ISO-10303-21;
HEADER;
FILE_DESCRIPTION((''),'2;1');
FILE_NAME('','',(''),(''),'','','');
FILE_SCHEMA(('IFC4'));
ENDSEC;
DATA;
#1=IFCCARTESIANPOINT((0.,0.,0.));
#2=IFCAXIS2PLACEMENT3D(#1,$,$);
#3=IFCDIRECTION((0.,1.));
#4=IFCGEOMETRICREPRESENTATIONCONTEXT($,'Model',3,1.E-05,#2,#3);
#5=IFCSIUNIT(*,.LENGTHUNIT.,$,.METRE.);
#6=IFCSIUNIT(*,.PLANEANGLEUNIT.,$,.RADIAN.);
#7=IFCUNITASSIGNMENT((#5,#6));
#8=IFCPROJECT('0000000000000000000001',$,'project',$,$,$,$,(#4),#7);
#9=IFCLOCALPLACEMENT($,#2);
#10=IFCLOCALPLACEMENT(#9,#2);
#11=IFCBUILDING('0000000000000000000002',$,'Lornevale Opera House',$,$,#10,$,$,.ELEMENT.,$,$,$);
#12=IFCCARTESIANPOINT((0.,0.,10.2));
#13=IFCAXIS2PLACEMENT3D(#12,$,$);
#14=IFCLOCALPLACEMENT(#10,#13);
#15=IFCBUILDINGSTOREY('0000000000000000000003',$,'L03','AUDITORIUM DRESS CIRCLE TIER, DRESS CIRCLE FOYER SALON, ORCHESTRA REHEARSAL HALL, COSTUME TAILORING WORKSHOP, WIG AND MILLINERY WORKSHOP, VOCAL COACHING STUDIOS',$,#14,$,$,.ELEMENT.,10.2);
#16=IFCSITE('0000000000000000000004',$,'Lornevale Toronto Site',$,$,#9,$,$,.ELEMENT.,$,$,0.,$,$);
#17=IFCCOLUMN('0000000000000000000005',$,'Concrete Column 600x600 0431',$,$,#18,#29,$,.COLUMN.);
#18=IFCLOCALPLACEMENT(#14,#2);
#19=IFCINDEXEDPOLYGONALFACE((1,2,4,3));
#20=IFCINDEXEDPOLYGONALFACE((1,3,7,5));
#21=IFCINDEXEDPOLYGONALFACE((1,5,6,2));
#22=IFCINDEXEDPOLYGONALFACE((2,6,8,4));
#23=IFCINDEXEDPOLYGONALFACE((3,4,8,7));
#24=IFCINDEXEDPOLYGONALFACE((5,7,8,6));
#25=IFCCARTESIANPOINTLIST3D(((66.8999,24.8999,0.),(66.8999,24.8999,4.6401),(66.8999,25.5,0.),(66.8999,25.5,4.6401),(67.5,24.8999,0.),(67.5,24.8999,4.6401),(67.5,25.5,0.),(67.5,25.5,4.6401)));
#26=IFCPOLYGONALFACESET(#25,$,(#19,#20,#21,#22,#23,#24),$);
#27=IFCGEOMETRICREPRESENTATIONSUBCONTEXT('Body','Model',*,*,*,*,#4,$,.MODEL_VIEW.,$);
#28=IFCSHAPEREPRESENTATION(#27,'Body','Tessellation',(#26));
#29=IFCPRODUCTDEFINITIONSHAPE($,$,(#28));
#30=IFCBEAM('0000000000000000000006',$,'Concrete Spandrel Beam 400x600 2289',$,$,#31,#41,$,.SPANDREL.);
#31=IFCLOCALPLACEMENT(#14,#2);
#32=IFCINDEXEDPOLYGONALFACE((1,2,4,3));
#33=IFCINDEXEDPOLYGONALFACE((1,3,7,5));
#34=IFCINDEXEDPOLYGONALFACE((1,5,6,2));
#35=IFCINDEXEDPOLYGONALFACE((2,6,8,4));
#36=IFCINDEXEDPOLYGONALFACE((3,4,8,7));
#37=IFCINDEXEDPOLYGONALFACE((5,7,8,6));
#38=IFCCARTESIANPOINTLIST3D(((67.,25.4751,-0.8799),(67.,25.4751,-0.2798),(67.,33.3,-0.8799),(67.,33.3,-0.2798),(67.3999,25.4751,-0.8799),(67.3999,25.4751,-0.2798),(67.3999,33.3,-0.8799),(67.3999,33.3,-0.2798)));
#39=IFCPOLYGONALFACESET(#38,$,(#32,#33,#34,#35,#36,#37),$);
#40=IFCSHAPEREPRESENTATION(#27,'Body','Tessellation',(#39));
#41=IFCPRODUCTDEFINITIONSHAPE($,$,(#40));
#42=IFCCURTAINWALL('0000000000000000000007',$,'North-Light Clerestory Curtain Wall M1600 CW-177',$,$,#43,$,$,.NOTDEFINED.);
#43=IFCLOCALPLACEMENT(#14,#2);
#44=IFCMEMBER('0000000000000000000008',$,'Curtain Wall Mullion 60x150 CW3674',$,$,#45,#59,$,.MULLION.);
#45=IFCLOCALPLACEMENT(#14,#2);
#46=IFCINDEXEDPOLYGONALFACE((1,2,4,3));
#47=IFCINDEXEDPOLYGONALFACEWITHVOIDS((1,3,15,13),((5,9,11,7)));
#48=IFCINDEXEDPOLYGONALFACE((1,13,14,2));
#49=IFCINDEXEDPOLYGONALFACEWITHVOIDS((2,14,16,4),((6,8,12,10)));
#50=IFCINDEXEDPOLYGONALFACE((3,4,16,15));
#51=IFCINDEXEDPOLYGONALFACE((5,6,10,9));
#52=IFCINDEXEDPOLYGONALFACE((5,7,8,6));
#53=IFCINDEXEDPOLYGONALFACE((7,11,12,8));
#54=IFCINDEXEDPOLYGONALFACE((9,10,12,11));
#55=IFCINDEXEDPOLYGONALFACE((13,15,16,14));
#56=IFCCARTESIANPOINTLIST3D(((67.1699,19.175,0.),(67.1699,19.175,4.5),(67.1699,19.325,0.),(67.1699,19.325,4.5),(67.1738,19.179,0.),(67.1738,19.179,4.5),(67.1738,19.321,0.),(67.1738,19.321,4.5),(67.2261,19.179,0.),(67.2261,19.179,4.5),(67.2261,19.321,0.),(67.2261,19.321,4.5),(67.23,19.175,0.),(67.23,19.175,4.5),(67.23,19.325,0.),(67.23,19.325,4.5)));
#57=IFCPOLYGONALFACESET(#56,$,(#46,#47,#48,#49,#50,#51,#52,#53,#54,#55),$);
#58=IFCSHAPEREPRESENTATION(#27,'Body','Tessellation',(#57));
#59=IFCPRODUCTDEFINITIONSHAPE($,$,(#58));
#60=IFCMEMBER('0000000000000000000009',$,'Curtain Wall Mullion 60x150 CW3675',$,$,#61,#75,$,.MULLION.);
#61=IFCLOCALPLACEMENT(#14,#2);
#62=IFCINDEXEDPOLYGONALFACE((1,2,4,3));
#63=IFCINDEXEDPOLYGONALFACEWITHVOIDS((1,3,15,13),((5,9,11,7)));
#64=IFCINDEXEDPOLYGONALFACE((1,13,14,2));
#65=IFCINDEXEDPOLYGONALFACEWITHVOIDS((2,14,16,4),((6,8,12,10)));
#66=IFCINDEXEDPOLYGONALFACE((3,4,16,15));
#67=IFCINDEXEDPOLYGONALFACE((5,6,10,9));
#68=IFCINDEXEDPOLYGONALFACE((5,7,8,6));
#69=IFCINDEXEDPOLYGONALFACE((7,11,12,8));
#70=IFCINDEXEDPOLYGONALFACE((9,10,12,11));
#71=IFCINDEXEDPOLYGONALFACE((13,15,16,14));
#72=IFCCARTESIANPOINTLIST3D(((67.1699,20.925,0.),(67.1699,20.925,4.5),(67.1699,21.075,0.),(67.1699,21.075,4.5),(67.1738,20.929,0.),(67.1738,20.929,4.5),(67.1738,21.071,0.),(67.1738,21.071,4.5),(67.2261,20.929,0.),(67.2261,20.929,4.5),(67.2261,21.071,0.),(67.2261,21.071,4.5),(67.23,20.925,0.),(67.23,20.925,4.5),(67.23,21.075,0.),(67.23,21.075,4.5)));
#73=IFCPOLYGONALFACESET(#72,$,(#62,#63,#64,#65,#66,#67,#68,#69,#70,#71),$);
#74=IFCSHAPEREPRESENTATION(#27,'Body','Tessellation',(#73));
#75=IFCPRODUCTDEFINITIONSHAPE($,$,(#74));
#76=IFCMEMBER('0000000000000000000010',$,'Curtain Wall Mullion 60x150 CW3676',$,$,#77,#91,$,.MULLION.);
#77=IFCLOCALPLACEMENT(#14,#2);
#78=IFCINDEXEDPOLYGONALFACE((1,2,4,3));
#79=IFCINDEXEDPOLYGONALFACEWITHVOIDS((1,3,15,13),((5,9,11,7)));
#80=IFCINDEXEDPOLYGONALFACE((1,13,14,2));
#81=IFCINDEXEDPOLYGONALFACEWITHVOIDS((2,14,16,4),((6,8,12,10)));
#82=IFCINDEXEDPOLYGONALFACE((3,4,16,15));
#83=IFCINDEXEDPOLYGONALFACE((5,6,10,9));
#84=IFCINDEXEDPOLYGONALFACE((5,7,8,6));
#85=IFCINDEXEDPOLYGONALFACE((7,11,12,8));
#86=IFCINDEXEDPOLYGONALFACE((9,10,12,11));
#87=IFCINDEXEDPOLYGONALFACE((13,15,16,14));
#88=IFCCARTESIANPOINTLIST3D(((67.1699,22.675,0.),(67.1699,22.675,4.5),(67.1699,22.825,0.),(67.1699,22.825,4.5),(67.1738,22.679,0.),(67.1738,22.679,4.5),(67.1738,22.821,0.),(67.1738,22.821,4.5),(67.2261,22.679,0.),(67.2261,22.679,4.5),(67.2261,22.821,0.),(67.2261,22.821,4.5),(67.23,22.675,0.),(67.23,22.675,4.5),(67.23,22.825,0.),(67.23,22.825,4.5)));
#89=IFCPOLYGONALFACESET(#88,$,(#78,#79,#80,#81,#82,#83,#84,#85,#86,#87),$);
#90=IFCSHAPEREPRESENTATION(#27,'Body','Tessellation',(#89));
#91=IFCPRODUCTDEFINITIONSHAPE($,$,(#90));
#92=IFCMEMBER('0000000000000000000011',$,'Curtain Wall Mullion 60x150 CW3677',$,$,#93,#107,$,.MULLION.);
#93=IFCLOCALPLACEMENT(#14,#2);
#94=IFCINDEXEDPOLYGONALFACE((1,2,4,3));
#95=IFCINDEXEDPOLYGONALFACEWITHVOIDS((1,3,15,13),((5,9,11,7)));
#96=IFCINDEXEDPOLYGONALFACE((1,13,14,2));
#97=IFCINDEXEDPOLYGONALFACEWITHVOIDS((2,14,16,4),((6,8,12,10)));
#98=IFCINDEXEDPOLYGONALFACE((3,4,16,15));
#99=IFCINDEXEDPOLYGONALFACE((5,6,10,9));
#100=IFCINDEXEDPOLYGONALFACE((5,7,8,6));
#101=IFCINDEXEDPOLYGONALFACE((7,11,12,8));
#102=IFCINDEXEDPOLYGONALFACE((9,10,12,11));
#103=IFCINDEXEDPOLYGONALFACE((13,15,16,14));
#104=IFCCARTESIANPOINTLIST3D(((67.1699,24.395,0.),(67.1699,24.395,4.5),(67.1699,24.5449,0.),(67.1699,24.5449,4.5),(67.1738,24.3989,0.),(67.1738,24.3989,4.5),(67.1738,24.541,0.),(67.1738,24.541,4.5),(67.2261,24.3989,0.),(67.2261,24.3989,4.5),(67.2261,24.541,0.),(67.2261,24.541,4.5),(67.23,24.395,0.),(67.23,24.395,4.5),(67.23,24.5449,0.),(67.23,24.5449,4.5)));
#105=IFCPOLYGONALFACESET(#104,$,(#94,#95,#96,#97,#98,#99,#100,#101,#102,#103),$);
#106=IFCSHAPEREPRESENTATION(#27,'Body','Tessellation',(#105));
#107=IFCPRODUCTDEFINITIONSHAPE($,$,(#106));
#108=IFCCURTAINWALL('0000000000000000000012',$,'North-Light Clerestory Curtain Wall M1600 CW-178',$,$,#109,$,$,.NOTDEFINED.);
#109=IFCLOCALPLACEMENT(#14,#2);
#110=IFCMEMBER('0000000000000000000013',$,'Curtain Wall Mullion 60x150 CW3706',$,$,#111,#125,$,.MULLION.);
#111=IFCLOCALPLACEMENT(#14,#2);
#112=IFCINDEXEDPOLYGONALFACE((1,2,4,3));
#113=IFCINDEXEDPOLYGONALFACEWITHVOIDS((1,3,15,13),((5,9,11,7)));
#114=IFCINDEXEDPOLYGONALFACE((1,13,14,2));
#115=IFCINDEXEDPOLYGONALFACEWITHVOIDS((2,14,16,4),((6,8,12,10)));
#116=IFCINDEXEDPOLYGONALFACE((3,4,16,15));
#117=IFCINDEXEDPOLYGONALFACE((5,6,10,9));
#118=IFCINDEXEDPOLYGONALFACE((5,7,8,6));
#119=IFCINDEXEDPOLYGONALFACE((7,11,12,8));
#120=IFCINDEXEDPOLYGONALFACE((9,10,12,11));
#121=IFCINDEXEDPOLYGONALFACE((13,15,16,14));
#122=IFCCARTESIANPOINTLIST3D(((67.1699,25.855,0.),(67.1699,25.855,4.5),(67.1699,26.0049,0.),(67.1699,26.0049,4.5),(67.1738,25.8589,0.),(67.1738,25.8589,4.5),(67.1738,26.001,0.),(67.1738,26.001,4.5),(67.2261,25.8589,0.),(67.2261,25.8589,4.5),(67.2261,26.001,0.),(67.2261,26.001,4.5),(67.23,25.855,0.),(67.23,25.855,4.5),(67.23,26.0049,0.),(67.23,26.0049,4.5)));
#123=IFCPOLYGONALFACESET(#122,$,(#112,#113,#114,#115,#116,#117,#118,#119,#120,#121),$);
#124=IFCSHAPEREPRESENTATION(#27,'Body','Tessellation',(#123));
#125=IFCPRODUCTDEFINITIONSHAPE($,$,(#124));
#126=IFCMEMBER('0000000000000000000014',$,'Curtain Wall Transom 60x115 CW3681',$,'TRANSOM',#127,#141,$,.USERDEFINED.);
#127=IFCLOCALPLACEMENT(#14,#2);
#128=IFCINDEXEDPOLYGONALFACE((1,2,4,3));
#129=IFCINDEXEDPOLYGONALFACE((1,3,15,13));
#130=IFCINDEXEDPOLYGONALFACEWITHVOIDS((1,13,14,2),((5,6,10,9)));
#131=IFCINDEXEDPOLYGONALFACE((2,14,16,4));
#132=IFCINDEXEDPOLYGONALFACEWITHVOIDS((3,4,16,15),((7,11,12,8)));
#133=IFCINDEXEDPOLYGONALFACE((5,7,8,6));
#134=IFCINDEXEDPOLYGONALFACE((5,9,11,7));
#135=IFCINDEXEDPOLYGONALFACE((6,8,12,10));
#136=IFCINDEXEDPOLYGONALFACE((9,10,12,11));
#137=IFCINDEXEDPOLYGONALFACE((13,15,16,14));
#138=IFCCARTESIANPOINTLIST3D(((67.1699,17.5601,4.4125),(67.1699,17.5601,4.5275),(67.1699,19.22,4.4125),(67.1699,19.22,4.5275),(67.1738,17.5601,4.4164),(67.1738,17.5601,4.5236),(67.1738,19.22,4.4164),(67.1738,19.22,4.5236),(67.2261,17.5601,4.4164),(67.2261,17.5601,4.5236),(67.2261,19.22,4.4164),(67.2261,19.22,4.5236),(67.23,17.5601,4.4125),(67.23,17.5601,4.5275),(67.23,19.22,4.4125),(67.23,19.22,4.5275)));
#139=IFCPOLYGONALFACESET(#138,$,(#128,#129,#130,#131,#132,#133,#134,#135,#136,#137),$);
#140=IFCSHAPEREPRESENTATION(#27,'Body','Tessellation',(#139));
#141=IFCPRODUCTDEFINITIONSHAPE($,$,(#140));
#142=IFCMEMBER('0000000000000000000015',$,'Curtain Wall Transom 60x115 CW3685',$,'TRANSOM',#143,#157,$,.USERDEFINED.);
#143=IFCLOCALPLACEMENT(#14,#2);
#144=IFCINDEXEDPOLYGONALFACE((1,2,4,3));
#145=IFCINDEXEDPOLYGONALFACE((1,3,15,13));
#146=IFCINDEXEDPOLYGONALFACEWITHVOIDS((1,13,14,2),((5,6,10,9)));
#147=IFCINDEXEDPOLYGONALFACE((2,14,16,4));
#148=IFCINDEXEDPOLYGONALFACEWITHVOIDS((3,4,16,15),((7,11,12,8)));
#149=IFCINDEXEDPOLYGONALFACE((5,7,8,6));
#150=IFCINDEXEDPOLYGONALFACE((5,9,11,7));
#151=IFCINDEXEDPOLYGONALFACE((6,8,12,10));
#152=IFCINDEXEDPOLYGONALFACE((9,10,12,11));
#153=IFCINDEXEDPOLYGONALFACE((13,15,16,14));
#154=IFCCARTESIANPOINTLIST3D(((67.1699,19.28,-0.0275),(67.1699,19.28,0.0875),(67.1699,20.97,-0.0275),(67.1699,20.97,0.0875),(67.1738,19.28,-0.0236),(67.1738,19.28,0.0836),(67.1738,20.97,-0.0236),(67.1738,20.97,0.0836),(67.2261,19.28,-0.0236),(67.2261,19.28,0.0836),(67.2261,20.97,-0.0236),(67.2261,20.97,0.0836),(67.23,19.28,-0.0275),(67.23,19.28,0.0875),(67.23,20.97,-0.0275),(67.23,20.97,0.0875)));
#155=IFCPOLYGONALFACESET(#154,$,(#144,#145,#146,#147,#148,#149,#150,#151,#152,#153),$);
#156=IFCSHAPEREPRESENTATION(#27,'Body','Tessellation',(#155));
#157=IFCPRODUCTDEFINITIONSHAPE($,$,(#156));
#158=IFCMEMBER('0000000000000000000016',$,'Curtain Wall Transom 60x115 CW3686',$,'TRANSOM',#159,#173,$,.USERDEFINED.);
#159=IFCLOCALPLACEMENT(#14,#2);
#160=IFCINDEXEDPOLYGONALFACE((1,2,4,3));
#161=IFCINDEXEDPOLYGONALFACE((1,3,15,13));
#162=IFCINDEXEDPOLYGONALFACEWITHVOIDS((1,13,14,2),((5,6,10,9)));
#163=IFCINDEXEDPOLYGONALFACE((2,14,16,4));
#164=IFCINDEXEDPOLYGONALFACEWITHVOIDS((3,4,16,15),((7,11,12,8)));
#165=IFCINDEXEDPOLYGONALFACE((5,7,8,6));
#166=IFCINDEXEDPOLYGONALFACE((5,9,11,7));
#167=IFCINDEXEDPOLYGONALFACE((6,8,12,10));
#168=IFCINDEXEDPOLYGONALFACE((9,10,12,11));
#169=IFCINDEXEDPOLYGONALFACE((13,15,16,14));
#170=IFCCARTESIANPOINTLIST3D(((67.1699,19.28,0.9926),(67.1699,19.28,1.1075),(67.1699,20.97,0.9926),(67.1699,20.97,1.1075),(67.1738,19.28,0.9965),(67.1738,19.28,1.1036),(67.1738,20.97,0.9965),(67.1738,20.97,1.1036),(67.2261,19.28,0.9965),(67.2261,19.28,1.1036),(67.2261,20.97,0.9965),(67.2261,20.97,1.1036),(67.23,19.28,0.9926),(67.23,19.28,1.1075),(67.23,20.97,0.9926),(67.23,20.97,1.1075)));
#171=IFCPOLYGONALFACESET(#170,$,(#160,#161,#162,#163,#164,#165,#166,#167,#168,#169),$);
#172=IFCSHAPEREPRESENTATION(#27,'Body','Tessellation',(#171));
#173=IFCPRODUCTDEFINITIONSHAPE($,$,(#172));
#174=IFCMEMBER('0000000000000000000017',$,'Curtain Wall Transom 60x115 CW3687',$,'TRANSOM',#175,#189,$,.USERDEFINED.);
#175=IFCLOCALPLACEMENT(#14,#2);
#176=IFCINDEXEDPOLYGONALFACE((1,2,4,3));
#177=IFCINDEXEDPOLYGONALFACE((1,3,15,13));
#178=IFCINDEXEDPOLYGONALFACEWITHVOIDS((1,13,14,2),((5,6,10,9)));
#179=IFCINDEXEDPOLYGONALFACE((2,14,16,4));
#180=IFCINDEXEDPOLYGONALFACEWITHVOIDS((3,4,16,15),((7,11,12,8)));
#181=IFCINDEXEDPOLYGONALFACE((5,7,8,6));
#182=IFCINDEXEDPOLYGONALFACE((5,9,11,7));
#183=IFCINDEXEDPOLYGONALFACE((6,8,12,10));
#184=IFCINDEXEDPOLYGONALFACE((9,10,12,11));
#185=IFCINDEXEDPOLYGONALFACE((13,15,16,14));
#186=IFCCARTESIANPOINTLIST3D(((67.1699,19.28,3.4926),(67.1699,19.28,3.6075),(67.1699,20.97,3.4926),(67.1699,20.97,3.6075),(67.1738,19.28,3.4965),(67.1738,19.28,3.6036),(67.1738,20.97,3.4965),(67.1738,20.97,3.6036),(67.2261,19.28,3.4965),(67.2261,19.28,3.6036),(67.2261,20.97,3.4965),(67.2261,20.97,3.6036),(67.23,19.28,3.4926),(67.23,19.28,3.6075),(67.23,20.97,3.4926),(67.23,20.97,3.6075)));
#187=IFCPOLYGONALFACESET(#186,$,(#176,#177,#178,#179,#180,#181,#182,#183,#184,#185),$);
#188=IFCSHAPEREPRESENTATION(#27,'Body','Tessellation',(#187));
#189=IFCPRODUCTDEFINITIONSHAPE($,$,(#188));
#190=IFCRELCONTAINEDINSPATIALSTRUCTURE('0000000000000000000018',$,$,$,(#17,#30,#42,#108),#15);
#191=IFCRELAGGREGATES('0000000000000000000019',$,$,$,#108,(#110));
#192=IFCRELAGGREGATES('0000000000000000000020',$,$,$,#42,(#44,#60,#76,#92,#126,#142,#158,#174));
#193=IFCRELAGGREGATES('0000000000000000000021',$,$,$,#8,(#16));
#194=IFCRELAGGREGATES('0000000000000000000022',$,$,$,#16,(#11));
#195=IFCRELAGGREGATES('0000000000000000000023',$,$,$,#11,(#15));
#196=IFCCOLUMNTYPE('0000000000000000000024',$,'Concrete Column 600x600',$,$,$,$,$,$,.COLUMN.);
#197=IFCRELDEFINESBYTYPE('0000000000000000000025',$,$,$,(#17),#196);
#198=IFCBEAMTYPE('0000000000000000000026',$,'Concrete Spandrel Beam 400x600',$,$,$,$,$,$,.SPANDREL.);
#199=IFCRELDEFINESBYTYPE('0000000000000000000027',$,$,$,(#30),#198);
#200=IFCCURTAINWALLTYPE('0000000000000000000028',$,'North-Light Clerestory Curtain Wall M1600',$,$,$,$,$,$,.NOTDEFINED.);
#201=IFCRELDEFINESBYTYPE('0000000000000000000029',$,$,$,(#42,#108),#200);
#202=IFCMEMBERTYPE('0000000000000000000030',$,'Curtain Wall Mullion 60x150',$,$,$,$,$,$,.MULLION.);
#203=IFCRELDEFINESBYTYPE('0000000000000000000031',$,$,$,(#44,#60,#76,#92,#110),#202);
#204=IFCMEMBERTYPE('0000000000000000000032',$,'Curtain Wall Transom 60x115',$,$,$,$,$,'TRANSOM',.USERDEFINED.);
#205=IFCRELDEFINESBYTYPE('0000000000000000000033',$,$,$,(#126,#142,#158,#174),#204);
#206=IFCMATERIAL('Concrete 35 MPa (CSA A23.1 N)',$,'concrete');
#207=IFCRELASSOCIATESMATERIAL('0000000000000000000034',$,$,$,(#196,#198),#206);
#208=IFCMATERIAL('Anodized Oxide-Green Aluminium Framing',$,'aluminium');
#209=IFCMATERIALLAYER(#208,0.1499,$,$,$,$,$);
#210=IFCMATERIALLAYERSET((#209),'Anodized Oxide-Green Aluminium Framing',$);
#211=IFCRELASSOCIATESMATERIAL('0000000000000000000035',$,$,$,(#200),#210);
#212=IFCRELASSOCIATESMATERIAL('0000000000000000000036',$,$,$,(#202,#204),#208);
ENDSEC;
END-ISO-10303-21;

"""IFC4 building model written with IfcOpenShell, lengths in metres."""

from ifc_helpers import new_model, si_unit, direction, frame, origin, origin_2d, place, context, subcontext, project, spatial, rectangle, hollow_rectangle, extrude, material, layer, layer_set, material_profile, profile_set, type_object, element, aggregate, save


model = new_model("IFC4")

# Units and contexts
model_context = context("Model", 3, precision=1e-05, world=origin(), true_north=direction((0.0, 1.0)))
body_context = subcontext(model_context, "Body", "Model", "MODEL_VIEW")
ifc_project = project(units=[si_unit("LENGTHUNIT", "METRE"), si_unit("PLANEANGLEUNIT", "RADIAN")], contexts=[model_context])

# Site, building, storey
site_placement = place(None, origin())
site = spatial("IfcSite", under=ifc_project, at=site_placement, Name="Lornevale Toronto Site", CompositionType="ELEMENT", RefElevation=0.0)
building_placement = place(site_placement, origin())
building = spatial("IfcBuilding", under=site, at=building_placement, Name="Lornevale Opera House", CompositionType="ELEMENT")
storey_placement = place(building_placement, frame((0.0, 0.0, 10.2)))
storey = spatial("IfcBuildingStorey", under=building, at=storey_placement, Name="L03", Description="AUDITORIUM DRESS CIRCLE TIER, DRESS CIRCLE FOYER SALON, ORCHESTRA REHEARSAL HALL, COSTUME TAILORING WORKSHOP, WIG AND MILLINERY WORKSHOP, VOCAL COACHING STUDIOS", CompositionType="ELEMENT", Elevation=10.2)

# Column
ifc_material_1 = material(Name="Concrete 35 MPa (CSA A23.1 N)", Category="concrete")
ifc_material_profile_1 = material_profile(ifc_material_1, rectangle(XDim=0.6001, YDim=0.6001, at=origin_2d()), Name="RC600x600")
ifc_profile_set_1 = profile_set([ifc_material_profile_1], Name="Concrete 35 MPa (CSA A23.1 N)")
column_type = type_object("IfcColumnType", Name="Concrete Column 600x600", PredefinedType="COLUMN", material=ifc_profile_set_1)
column_placement = place(storey_placement, frame((67.2, 25.2, 0.0), z_axis=(0.0, 0.0, 1.0), x_axis=(1.0, 0.0, 0.0)))
element("IfcColumn", 1, at=column_placement, inside=storey, type_object=column_type, Name="Concrete Column 600x600 0431", PredefinedType="COLUMN", context=body_context, shape_type="SweptSolid", body=[
    extrude(rectangle(XDim=0.6001, YDim=0.6001, at=origin_2d()), origin(), (0.0, 0.0, 1.0), 4.6401),
])

# Beam
ifc_material_profile_2 = material_profile(ifc_material_1, rectangle(XDim=0.3999, YDim=0.6001, at=origin_2d()), Name="RC400x600")
ifc_profile_set_2 = profile_set([ifc_material_profile_2], Name="Concrete 35 MPa (CSA A23.1 N)")
beam_type = type_object("IfcBeamType", Name="Concrete Spandrel Beam 400x600", PredefinedType="SPANDREL", material=ifc_profile_set_2)
beam_placement = place(storey_placement, frame((67.2, 25.4751, -0.5798), z_axis=(0.0, 1.0, 0.0), x_axis=(-1.0, 0.0, 0.0)))
element("IfcBeam", 2, at=beam_placement, inside=storey, type_object=beam_type, Name="Concrete Spandrel Beam 400x600 2289", PredefinedType="SPANDREL", context=body_context, shape_type="SweptSolid", body=[
    extrude(rectangle(XDim=0.3999, YDim=0.6001, at=origin_2d()), origin(), (0.0, 0.0, 1.0), 7.825),
])

# Curtain wall, members
ifc_material_2 = material(Name="Anodized Oxide-Green Aluminium Framing", Category="aluminium")
ifc_layer_1 = layer(ifc_material_2, 0.1499)
ifc_layer_set_1 = layer_set([ifc_layer_1], Name="Anodized Oxide-Green Aluminium Framing")
curtain_wall_type_1 = type_object("IfcCurtainWallType", Name="North-Light Clerestory Curtain Wall M1600", PredefinedType="NOTDEFINED", material=ifc_layer_set_1)
curtain_wall_1_placement = place(storey_placement, origin())
curtain_wall_1 = element("IfcCurtainWall", 3, at=curtain_wall_1_placement, inside=storey, type_object=curtain_wall_type_1, Name="North-Light Clerestory Curtain Wall M1600 CW-177", PredefinedType="NOTDEFINED")
ifc_material_profile_3 = material_profile(ifc_material_2, hollow_rectangle(XDim=0.0601, YDim=0.1499, WallThickness=0.0039, at=origin_2d()), Name="ALU60x150x4")
ifc_profile_set_3 = profile_set([ifc_material_profile_3], Name="Anodized Oxide-Green Aluminium Framing")
member_type_1 = type_object("IfcMemberType", Name="Curtain Wall Mullion 60x150", PredefinedType="MULLION", material=ifc_profile_set_3)
member_1_placement = place(storey_placement, frame((67.2, 19.25, 0.0), z_axis=(0.0, 0.0, 1.0), x_axis=(-1.0, 0.0, 0.0)))
member_1 = element("IfcMember", 4, at=member_1_placement, type_object=member_type_1, Name="Curtain Wall Mullion 60x150 CW3674", PredefinedType="MULLION", context=body_context, shape_type="SweptSolid", body=[
    extrude(hollow_rectangle(XDim=0.0601, YDim=0.1499, WallThickness=0.0039, at=origin_2d()), origin(), (0.0, 0.0, 1.0), 4.5),
])
member_2_placement = place(storey_placement, frame((67.2, 21.0, 0.0), z_axis=(0.0, 0.0, 1.0), x_axis=(-1.0, 0.0, 0.0)))
member_2 = element("IfcMember", 5, at=member_2_placement, type_object=member_type_1, Name="Curtain Wall Mullion 60x150 CW3675", PredefinedType="MULLION", context=body_context, shape_type="SweptSolid", body=[
    extrude(hollow_rectangle(XDim=0.0601, YDim=0.1499, WallThickness=0.0039, at=origin_2d()), origin(), (0.0, 0.0, 1.0), 4.5),
])
member_3_placement = place(storey_placement, frame((67.2, 22.75, 0.0), z_axis=(0.0, 0.0, 1.0), x_axis=(-1.0, 0.0, 0.0)))
member_3 = element("IfcMember", 6, at=member_3_placement, type_object=member_type_1, Name="Curtain Wall Mullion 60x150 CW3676", PredefinedType="MULLION", context=body_context, shape_type="SweptSolid", body=[
    extrude(hollow_rectangle(XDim=0.0601, YDim=0.1499, WallThickness=0.0039, at=origin_2d()), origin(), (0.0, 0.0, 1.0), 4.5),
])
member_4_placement = place(storey_placement, frame((67.2, 24.47, 0.0), z_axis=(0.0, 0.0, 1.0), x_axis=(-1.0, 0.0, 0.0)))
member_4 = element("IfcMember", 7, at=member_4_placement, type_object=member_type_1, Name="Curtain Wall Mullion 60x150 CW3677", PredefinedType="MULLION", context=body_context, shape_type="SweptSolid", body=[
    extrude(hollow_rectangle(XDim=0.0601, YDim=0.1499, WallThickness=0.0039, at=origin_2d()), origin(), (0.0, 0.0, 1.0), 4.5),
])

# Curtain wall, member
curtain_wall_2_placement = place(storey_placement, origin())
curtain_wall_2 = element("IfcCurtainWall", 8, at=curtain_wall_2_placement, inside=storey, type_object=curtain_wall_type_1, Name="North-Light Clerestory Curtain Wall M1600 CW-178", PredefinedType="NOTDEFINED")
member_5_placement = place(storey_placement, frame((67.2, 25.9299, 0.0), z_axis=(0.0, 0.0, 1.0), x_axis=(-1.0, 0.0, 0.0)))
member_5 = element("IfcMember", 9, at=member_5_placement, type_object=member_type_1, Name="Curtain Wall Mullion 60x150 CW3706", PredefinedType="MULLION", context=body_context, shape_type="SweptSolid", body=[
    extrude(hollow_rectangle(XDim=0.0601, YDim=0.1499, WallThickness=0.0039, at=origin_2d()), origin(), (0.0, 0.0, 1.0), 4.5),
])

# Members
ifc_material_profile_4 = material_profile(ifc_material_2, hollow_rectangle(XDim=0.0601, YDim=0.115, WallThickness=0.0039, at=origin_2d()), Name="ALU60x115x4")
ifc_profile_set_4 = profile_set([ifc_material_profile_4], Name="Anodized Oxide-Green Aluminium Framing")
member_type_2 = type_object("IfcMemberType", Name="Curtain Wall Transom 60x115", ElementType="TRANSOM", PredefinedType="USERDEFINED", material=ifc_profile_set_4)
member_6_placement = place(storey_placement, frame((67.2, 17.5601, 4.47), z_axis=(0.0, 1.0, 0.0), x_axis=(-1.0, 0.0, 0.0)))
member_6 = element("IfcMember", 10, at=member_6_placement, type_object=member_type_2, Name="Curtain Wall Transom 60x115 CW3681", ObjectType="TRANSOM", PredefinedType="USERDEFINED", context=body_context, shape_type="SweptSolid", body=[
    extrude(hollow_rectangle(XDim=0.0601, YDim=0.115, WallThickness=0.0039, at=origin_2d()), origin(), (0.0, 0.0, 1.0), 1.6599),
])
member_7_placement = place(storey_placement, frame((67.2, 19.28, 0.03), z_axis=(0.0, 1.0, 0.0), x_axis=(-1.0, 0.0, 0.0)))
member_7 = element("IfcMember", 11, at=member_7_placement, type_object=member_type_2, Name="Curtain Wall Transom 60x115 CW3685", ObjectType="TRANSOM", PredefinedType="USERDEFINED", context=body_context, shape_type="SweptSolid", body=[
    extrude(hollow_rectangle(XDim=0.0601, YDim=0.115, WallThickness=0.0039, at=origin_2d()), origin(), (0.0, 0.0, 1.0), 1.6899),
])
member_8_placement = place(storey_placement, frame((67.2, 19.28, 1.05), z_axis=(0.0, 1.0, 0.0), x_axis=(-1.0, 0.0, 0.0)))
member_8 = element("IfcMember", 12, at=member_8_placement, type_object=member_type_2, Name="Curtain Wall Transom 60x115 CW3686", ObjectType="TRANSOM", PredefinedType="USERDEFINED", context=body_context, shape_type="SweptSolid", body=[
    extrude(hollow_rectangle(XDim=0.0601, YDim=0.115, WallThickness=0.0039, at=origin_2d()), origin(), (0.0, 0.0, 1.0), 1.6899),
])
member_9_placement = place(storey_placement, frame((67.2, 19.28, 3.55), z_axis=(0.0, 1.0, 0.0), x_axis=(-1.0, 0.0, 0.0)))
member_9 = element("IfcMember", 13, at=member_9_placement, type_object=member_type_2, Name="Curtain Wall Transom 60x115 CW3687", ObjectType="TRANSOM", PredefinedType="USERDEFINED", context=body_context, shape_type="SweptSolid", body=[
    extrude(hollow_rectangle(XDim=0.0601, YDim=0.115, WallThickness=0.0039, at=origin_2d()), origin(), (0.0, 0.0, 1.0), 1.6899),
])
aggregate(curtain_wall_2, [member_5])

aggregate(curtain_wall_1, [member_1, member_2, member_3, member_4, member_6, member_7, member_8, member_9])

save(model, "model.ifc")
